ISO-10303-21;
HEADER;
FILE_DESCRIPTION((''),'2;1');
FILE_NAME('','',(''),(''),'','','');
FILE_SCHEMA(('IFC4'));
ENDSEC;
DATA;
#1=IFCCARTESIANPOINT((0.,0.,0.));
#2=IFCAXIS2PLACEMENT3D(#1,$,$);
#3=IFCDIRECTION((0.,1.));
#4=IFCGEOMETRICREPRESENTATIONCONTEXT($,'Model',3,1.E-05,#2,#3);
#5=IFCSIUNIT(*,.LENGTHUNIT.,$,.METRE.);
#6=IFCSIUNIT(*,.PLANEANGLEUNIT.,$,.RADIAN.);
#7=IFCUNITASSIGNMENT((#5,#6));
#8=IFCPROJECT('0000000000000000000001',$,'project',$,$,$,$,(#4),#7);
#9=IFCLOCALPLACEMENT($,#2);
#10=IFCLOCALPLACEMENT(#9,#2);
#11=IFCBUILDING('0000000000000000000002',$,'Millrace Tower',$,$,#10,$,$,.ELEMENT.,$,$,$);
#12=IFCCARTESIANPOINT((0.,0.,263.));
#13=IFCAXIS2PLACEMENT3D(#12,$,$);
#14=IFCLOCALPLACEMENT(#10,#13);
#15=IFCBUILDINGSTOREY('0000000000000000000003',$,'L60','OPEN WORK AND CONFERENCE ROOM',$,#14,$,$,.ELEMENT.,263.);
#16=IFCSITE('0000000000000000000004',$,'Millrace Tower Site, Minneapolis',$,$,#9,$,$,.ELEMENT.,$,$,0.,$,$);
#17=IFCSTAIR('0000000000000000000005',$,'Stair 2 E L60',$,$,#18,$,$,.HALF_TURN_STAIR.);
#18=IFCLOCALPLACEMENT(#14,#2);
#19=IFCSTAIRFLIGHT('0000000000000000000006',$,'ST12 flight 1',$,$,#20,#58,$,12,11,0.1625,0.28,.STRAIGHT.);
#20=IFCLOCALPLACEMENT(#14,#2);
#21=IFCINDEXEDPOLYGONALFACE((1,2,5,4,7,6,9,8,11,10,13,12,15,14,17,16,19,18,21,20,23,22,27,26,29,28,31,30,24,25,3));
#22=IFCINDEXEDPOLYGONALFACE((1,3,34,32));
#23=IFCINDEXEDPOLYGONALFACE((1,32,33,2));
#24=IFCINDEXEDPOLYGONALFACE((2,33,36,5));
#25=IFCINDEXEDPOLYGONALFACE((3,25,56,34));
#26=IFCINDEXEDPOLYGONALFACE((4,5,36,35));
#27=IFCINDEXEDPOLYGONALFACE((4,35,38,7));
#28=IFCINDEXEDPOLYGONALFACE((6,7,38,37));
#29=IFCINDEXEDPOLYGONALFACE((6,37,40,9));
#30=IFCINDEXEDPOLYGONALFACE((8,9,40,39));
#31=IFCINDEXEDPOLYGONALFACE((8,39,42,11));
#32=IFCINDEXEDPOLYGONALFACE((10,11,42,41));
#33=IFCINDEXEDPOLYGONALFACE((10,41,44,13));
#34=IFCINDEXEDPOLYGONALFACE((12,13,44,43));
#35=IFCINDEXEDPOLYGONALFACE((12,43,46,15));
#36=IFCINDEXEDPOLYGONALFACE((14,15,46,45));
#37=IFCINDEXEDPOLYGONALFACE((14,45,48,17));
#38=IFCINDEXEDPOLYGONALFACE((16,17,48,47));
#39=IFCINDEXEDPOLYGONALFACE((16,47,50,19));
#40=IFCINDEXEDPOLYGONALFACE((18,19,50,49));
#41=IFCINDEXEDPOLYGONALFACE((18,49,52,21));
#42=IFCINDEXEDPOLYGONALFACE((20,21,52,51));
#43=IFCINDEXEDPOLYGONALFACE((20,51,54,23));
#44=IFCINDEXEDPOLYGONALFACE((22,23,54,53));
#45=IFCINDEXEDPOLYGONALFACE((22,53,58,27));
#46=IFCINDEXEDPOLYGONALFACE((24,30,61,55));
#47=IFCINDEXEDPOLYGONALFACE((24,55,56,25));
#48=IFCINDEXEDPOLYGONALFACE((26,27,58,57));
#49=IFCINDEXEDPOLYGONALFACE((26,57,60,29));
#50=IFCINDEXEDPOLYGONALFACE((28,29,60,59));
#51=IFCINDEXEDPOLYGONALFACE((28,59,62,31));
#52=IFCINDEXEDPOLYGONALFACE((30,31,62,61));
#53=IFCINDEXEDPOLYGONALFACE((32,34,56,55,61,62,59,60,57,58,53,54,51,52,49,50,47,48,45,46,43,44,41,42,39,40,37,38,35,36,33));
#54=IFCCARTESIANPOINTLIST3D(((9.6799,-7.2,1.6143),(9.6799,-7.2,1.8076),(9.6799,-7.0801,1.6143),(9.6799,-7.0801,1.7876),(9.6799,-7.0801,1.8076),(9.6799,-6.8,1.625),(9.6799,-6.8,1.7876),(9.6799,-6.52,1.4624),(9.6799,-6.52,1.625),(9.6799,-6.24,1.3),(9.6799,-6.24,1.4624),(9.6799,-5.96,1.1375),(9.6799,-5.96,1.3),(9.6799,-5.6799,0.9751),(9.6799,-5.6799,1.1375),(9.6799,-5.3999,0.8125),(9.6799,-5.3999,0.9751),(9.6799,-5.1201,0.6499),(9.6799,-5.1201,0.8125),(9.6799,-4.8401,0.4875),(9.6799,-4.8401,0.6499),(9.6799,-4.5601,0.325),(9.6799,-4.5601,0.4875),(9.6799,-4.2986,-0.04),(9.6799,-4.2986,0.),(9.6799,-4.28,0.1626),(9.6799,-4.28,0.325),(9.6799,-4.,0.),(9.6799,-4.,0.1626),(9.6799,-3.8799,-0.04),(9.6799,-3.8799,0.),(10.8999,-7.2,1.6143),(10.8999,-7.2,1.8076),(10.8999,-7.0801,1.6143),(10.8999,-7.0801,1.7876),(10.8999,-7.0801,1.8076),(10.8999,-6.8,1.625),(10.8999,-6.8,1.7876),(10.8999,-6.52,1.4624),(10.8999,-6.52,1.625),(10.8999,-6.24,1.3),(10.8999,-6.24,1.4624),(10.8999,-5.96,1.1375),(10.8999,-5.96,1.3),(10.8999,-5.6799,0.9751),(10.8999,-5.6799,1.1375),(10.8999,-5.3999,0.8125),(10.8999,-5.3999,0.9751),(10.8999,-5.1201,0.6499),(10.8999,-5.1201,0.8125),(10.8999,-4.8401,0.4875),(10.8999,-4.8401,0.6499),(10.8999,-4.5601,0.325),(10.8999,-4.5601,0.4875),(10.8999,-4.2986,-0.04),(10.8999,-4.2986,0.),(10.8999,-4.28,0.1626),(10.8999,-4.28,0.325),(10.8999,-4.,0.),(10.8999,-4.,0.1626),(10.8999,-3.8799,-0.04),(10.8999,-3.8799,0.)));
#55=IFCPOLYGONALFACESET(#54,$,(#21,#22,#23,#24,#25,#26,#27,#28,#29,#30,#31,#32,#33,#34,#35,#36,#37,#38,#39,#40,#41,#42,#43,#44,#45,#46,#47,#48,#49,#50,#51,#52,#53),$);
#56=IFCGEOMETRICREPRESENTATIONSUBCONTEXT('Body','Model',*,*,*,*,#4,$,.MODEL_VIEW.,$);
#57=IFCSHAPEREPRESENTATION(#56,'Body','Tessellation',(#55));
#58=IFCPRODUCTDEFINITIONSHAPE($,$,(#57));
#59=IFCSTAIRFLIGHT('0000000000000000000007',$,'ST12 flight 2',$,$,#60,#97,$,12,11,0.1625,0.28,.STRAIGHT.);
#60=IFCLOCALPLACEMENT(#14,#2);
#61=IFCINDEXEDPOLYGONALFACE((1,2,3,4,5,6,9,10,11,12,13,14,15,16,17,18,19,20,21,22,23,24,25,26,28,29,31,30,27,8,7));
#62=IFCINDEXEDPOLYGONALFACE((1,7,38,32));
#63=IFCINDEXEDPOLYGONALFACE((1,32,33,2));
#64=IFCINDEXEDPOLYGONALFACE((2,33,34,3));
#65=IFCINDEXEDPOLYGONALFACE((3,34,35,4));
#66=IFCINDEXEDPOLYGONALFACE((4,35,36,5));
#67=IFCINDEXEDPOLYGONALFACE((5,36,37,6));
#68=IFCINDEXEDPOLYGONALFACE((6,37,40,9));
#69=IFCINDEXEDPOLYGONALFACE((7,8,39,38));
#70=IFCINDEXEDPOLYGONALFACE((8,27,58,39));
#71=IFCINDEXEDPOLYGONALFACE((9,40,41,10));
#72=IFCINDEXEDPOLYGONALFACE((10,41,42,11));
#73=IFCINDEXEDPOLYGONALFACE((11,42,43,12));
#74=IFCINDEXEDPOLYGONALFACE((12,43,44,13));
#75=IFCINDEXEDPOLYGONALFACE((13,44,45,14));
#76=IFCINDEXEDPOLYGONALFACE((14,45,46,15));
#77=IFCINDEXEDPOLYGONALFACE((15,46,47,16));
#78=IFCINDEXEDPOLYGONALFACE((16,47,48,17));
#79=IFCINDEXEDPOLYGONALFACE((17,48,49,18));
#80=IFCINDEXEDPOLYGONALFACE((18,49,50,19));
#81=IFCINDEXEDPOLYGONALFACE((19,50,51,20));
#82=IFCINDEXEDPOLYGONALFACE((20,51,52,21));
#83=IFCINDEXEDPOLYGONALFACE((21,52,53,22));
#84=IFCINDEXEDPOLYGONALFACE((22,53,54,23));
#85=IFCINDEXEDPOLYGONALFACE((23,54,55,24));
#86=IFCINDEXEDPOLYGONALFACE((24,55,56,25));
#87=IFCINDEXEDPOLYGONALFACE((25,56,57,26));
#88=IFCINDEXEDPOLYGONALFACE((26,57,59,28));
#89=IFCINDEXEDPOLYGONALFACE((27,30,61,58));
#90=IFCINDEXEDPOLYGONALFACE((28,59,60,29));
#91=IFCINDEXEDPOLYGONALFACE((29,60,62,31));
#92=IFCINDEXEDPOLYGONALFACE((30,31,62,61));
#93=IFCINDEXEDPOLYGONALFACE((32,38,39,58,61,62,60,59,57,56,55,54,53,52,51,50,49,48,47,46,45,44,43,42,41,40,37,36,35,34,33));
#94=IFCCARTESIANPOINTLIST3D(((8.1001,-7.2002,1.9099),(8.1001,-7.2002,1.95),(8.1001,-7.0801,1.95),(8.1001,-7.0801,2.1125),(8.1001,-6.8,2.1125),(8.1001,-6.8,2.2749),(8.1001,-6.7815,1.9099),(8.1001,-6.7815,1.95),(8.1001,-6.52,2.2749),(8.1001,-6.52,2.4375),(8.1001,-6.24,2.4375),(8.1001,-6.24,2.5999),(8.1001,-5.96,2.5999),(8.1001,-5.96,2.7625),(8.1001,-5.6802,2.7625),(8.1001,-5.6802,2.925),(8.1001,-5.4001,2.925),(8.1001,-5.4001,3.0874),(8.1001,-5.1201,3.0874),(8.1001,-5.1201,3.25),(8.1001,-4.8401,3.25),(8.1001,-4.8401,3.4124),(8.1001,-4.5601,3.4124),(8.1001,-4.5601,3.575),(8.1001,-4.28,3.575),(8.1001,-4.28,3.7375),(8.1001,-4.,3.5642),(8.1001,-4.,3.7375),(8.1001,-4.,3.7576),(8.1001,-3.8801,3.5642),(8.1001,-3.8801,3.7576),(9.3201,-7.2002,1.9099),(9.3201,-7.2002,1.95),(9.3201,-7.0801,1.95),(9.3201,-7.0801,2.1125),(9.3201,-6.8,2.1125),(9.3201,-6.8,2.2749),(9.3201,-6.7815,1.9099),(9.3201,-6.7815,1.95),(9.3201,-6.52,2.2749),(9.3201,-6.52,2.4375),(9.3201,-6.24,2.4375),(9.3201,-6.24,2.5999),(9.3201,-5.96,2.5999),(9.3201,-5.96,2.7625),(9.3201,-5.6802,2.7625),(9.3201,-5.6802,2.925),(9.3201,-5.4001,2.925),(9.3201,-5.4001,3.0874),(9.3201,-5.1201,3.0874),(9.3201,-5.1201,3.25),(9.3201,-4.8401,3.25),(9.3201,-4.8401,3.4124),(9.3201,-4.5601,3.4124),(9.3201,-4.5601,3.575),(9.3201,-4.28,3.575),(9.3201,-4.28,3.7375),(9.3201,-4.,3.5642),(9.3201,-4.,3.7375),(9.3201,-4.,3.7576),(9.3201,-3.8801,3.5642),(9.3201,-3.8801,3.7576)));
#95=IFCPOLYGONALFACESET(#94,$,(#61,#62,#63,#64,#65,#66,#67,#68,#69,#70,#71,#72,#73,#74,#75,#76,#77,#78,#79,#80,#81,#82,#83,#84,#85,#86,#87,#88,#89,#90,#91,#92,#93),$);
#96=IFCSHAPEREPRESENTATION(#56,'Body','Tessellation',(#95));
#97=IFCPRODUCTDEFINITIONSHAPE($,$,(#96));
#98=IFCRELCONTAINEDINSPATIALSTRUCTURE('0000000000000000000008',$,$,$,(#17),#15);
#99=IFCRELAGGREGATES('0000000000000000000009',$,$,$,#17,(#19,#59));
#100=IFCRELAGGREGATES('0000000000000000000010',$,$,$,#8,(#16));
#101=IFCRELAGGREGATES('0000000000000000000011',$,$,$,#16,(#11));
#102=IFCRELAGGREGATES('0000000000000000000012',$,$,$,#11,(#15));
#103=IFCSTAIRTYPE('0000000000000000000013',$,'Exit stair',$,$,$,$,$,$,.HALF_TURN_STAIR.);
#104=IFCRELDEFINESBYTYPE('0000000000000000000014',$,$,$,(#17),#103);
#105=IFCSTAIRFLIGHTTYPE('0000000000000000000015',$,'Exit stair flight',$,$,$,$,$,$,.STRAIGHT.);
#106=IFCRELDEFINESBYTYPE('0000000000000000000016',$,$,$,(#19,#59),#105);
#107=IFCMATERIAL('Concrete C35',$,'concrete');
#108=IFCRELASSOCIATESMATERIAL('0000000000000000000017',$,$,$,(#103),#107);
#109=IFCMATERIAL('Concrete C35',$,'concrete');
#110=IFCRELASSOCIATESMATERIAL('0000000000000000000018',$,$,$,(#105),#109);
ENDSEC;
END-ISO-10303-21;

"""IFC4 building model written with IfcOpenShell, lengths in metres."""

from ifc_helpers import new_model, si_unit, direction, frame, origin, place, context, subcontext, project, spatial, polyline, outline, extrude, material, type_object, element, aggregate, save


model = new_model("IFC4")

# Units and contexts
model_context = context("Model", 3, precision=1e-05, world=origin(), true_north=direction((0.0, 1.0)))
body_context = subcontext(model_context, "Body", "Model", "MODEL_VIEW")
ifc_project = project(units=[si_unit("LENGTHUNIT", "METRE"), si_unit("PLANEANGLEUNIT", "RADIAN")], contexts=[model_context])

# Site, building, storey
site_placement = place(None, origin())
site = spatial("IfcSite", under=ifc_project, at=site_placement, Name="Millrace Tower Site, Minneapolis", CompositionType="ELEMENT", RefElevation=0.0)
building_placement = place(site_placement, origin())
building = spatial("IfcBuilding", under=site, at=building_placement, Name="Millrace Tower", CompositionType="ELEMENT")
storey_placement = place(building_placement, frame((0.0, 0.0, 263.0)))
storey = spatial("IfcBuildingStorey", under=building, at=storey_placement, Name="L60", Description="OPEN WORK AND CONFERENCE ROOM", CompositionType="ELEMENT", Elevation=263.0)

# Shared definitions
placement = place(storey_placement, origin())

# Stair, stair flights
ifc_material_1 = material(Name="Concrete C35", Category="concrete")
stair_type = type_object("IfcStairType", Name="Exit stair", PredefinedType="HALF_TURN_STAIR", material=ifc_material_1)
ifc_material_2 = material(Name="Concrete C35", Category="concrete")
stair_flight_type = type_object("IfcStairFlightType", Name="Exit stair flight", PredefinedType="STRAIGHT", material=ifc_material_2)
stair_1 = element("IfcStair", 1, at=placement, inside=storey, type_object=stair_type, Name="Stair 2 E L60", PredefinedType="HALF_TURN_STAIR")
stair_flight_1_placement = place(storey_placement, frame((10.29, -4.0, 0.0), z_axis=(0.0, 0.0, 1.0), x_axis=(0.0, -1.0, 0.0)))
stair_flight_1 = element("IfcStairFlight", 2, at=stair_flight_1_placement, type_object=stair_flight_type, Name="ST12 flight 1", NumberOfRisers=12, NumberOfTreads=11, PredefinedType="STRAIGHT", RiserHeight=0.1625, TreadLength=0.28, context=body_context, shape_type="SweptSolid", body=[
    extrude(outline(polyline([(-0.1201, -0.04), (-0.1201, 0.0), (0.0, 0.0), (0.0, 0.1626), (0.28, 0.1626), (0.28, 0.325), (0.5601, 0.325), (0.5601, 0.4875), (0.8401, 0.4875), (0.8401, 0.6499), (1.1201, 0.6499), (1.1201, 0.8125), (1.3999, 0.8125), (1.3999, 0.9751), (1.6799, 0.9751), (1.6799, 1.1375), (1.96, 1.1375), (1.96, 1.3), (2.24, 1.3), (2.24, 1.4624), (2.52, 1.4624), (2.52, 1.625), (2.8, 1.625), (2.8, 1.7876), (3.0801, 1.7876), (3.0801, 1.8076), (3.2, 1.8076), (3.2, 1.6143), (3.0801, 1.6143), (0.2986, 0.0), (0.2986, -0.04), (-0.1201, -0.04)])), frame((0.0, 0.6099, 0.0), z_axis=(0.0, -1.0, 0.0), x_axis=(1.0, 0.0, 0.0)), (0.0, 0.0, 1.0), 1.22),
])
stair_flight_2_placement = place(storey_placement, frame((8.71, -7.0801, 1.95), z_axis=(0.0, 0.0, 1.0), x_axis=(0.0, 1.0, 0.0)))
stair_flight_2 = element("IfcStairFlight", 3, at=stair_flight_2_placement, type_object=stair_flight_type, Name="ST12 flight 2", NumberOfRisers=12, NumberOfTreads=11, PredefinedType="STRAIGHT", RiserHeight=0.1625, TreadLength=0.28, context=body_context, shape_type="SweptSolid", body=[
    extrude(outline(polyline([(-0.1201, -0.04), (-0.1201, 0.0), (0.0, 0.0), (0.0, 0.1626), (0.28, 0.1626), (0.28, 0.325), (0.5601, 0.325), (0.5601, 0.4875), (0.8401, 0.4875), (0.8401, 0.6499), (1.1201, 0.6499), (1.1201, 0.8125), (1.3999, 0.8125), (1.3999, 0.9751), (1.6799, 0.9751), (1.6799, 1.1375), (1.96, 1.1375), (1.96, 1.3), (2.24, 1.3), (2.24, 1.4624), (2.52, 1.4624), (2.52, 1.625), (2.8, 1.625), (2.8, 1.7876), (3.0801, 1.7876), (3.0801, 1.8076), (3.2, 1.8076), (3.2, 1.6143), (3.0801, 1.6143), (0.2986, 0.0), (0.2986, -0.04), (-0.1201, -0.04)])), frame((0.0, 0.6099, 0.0), z_axis=(0.0, -1.0, 0.0), x_axis=(1.0, 0.0, 0.0)), (0.0, 0.0, 1.0), 1.22),
])
aggregate(stair_1, [stair_flight_1, stair_flight_2])

save(model, "model.ifc")
